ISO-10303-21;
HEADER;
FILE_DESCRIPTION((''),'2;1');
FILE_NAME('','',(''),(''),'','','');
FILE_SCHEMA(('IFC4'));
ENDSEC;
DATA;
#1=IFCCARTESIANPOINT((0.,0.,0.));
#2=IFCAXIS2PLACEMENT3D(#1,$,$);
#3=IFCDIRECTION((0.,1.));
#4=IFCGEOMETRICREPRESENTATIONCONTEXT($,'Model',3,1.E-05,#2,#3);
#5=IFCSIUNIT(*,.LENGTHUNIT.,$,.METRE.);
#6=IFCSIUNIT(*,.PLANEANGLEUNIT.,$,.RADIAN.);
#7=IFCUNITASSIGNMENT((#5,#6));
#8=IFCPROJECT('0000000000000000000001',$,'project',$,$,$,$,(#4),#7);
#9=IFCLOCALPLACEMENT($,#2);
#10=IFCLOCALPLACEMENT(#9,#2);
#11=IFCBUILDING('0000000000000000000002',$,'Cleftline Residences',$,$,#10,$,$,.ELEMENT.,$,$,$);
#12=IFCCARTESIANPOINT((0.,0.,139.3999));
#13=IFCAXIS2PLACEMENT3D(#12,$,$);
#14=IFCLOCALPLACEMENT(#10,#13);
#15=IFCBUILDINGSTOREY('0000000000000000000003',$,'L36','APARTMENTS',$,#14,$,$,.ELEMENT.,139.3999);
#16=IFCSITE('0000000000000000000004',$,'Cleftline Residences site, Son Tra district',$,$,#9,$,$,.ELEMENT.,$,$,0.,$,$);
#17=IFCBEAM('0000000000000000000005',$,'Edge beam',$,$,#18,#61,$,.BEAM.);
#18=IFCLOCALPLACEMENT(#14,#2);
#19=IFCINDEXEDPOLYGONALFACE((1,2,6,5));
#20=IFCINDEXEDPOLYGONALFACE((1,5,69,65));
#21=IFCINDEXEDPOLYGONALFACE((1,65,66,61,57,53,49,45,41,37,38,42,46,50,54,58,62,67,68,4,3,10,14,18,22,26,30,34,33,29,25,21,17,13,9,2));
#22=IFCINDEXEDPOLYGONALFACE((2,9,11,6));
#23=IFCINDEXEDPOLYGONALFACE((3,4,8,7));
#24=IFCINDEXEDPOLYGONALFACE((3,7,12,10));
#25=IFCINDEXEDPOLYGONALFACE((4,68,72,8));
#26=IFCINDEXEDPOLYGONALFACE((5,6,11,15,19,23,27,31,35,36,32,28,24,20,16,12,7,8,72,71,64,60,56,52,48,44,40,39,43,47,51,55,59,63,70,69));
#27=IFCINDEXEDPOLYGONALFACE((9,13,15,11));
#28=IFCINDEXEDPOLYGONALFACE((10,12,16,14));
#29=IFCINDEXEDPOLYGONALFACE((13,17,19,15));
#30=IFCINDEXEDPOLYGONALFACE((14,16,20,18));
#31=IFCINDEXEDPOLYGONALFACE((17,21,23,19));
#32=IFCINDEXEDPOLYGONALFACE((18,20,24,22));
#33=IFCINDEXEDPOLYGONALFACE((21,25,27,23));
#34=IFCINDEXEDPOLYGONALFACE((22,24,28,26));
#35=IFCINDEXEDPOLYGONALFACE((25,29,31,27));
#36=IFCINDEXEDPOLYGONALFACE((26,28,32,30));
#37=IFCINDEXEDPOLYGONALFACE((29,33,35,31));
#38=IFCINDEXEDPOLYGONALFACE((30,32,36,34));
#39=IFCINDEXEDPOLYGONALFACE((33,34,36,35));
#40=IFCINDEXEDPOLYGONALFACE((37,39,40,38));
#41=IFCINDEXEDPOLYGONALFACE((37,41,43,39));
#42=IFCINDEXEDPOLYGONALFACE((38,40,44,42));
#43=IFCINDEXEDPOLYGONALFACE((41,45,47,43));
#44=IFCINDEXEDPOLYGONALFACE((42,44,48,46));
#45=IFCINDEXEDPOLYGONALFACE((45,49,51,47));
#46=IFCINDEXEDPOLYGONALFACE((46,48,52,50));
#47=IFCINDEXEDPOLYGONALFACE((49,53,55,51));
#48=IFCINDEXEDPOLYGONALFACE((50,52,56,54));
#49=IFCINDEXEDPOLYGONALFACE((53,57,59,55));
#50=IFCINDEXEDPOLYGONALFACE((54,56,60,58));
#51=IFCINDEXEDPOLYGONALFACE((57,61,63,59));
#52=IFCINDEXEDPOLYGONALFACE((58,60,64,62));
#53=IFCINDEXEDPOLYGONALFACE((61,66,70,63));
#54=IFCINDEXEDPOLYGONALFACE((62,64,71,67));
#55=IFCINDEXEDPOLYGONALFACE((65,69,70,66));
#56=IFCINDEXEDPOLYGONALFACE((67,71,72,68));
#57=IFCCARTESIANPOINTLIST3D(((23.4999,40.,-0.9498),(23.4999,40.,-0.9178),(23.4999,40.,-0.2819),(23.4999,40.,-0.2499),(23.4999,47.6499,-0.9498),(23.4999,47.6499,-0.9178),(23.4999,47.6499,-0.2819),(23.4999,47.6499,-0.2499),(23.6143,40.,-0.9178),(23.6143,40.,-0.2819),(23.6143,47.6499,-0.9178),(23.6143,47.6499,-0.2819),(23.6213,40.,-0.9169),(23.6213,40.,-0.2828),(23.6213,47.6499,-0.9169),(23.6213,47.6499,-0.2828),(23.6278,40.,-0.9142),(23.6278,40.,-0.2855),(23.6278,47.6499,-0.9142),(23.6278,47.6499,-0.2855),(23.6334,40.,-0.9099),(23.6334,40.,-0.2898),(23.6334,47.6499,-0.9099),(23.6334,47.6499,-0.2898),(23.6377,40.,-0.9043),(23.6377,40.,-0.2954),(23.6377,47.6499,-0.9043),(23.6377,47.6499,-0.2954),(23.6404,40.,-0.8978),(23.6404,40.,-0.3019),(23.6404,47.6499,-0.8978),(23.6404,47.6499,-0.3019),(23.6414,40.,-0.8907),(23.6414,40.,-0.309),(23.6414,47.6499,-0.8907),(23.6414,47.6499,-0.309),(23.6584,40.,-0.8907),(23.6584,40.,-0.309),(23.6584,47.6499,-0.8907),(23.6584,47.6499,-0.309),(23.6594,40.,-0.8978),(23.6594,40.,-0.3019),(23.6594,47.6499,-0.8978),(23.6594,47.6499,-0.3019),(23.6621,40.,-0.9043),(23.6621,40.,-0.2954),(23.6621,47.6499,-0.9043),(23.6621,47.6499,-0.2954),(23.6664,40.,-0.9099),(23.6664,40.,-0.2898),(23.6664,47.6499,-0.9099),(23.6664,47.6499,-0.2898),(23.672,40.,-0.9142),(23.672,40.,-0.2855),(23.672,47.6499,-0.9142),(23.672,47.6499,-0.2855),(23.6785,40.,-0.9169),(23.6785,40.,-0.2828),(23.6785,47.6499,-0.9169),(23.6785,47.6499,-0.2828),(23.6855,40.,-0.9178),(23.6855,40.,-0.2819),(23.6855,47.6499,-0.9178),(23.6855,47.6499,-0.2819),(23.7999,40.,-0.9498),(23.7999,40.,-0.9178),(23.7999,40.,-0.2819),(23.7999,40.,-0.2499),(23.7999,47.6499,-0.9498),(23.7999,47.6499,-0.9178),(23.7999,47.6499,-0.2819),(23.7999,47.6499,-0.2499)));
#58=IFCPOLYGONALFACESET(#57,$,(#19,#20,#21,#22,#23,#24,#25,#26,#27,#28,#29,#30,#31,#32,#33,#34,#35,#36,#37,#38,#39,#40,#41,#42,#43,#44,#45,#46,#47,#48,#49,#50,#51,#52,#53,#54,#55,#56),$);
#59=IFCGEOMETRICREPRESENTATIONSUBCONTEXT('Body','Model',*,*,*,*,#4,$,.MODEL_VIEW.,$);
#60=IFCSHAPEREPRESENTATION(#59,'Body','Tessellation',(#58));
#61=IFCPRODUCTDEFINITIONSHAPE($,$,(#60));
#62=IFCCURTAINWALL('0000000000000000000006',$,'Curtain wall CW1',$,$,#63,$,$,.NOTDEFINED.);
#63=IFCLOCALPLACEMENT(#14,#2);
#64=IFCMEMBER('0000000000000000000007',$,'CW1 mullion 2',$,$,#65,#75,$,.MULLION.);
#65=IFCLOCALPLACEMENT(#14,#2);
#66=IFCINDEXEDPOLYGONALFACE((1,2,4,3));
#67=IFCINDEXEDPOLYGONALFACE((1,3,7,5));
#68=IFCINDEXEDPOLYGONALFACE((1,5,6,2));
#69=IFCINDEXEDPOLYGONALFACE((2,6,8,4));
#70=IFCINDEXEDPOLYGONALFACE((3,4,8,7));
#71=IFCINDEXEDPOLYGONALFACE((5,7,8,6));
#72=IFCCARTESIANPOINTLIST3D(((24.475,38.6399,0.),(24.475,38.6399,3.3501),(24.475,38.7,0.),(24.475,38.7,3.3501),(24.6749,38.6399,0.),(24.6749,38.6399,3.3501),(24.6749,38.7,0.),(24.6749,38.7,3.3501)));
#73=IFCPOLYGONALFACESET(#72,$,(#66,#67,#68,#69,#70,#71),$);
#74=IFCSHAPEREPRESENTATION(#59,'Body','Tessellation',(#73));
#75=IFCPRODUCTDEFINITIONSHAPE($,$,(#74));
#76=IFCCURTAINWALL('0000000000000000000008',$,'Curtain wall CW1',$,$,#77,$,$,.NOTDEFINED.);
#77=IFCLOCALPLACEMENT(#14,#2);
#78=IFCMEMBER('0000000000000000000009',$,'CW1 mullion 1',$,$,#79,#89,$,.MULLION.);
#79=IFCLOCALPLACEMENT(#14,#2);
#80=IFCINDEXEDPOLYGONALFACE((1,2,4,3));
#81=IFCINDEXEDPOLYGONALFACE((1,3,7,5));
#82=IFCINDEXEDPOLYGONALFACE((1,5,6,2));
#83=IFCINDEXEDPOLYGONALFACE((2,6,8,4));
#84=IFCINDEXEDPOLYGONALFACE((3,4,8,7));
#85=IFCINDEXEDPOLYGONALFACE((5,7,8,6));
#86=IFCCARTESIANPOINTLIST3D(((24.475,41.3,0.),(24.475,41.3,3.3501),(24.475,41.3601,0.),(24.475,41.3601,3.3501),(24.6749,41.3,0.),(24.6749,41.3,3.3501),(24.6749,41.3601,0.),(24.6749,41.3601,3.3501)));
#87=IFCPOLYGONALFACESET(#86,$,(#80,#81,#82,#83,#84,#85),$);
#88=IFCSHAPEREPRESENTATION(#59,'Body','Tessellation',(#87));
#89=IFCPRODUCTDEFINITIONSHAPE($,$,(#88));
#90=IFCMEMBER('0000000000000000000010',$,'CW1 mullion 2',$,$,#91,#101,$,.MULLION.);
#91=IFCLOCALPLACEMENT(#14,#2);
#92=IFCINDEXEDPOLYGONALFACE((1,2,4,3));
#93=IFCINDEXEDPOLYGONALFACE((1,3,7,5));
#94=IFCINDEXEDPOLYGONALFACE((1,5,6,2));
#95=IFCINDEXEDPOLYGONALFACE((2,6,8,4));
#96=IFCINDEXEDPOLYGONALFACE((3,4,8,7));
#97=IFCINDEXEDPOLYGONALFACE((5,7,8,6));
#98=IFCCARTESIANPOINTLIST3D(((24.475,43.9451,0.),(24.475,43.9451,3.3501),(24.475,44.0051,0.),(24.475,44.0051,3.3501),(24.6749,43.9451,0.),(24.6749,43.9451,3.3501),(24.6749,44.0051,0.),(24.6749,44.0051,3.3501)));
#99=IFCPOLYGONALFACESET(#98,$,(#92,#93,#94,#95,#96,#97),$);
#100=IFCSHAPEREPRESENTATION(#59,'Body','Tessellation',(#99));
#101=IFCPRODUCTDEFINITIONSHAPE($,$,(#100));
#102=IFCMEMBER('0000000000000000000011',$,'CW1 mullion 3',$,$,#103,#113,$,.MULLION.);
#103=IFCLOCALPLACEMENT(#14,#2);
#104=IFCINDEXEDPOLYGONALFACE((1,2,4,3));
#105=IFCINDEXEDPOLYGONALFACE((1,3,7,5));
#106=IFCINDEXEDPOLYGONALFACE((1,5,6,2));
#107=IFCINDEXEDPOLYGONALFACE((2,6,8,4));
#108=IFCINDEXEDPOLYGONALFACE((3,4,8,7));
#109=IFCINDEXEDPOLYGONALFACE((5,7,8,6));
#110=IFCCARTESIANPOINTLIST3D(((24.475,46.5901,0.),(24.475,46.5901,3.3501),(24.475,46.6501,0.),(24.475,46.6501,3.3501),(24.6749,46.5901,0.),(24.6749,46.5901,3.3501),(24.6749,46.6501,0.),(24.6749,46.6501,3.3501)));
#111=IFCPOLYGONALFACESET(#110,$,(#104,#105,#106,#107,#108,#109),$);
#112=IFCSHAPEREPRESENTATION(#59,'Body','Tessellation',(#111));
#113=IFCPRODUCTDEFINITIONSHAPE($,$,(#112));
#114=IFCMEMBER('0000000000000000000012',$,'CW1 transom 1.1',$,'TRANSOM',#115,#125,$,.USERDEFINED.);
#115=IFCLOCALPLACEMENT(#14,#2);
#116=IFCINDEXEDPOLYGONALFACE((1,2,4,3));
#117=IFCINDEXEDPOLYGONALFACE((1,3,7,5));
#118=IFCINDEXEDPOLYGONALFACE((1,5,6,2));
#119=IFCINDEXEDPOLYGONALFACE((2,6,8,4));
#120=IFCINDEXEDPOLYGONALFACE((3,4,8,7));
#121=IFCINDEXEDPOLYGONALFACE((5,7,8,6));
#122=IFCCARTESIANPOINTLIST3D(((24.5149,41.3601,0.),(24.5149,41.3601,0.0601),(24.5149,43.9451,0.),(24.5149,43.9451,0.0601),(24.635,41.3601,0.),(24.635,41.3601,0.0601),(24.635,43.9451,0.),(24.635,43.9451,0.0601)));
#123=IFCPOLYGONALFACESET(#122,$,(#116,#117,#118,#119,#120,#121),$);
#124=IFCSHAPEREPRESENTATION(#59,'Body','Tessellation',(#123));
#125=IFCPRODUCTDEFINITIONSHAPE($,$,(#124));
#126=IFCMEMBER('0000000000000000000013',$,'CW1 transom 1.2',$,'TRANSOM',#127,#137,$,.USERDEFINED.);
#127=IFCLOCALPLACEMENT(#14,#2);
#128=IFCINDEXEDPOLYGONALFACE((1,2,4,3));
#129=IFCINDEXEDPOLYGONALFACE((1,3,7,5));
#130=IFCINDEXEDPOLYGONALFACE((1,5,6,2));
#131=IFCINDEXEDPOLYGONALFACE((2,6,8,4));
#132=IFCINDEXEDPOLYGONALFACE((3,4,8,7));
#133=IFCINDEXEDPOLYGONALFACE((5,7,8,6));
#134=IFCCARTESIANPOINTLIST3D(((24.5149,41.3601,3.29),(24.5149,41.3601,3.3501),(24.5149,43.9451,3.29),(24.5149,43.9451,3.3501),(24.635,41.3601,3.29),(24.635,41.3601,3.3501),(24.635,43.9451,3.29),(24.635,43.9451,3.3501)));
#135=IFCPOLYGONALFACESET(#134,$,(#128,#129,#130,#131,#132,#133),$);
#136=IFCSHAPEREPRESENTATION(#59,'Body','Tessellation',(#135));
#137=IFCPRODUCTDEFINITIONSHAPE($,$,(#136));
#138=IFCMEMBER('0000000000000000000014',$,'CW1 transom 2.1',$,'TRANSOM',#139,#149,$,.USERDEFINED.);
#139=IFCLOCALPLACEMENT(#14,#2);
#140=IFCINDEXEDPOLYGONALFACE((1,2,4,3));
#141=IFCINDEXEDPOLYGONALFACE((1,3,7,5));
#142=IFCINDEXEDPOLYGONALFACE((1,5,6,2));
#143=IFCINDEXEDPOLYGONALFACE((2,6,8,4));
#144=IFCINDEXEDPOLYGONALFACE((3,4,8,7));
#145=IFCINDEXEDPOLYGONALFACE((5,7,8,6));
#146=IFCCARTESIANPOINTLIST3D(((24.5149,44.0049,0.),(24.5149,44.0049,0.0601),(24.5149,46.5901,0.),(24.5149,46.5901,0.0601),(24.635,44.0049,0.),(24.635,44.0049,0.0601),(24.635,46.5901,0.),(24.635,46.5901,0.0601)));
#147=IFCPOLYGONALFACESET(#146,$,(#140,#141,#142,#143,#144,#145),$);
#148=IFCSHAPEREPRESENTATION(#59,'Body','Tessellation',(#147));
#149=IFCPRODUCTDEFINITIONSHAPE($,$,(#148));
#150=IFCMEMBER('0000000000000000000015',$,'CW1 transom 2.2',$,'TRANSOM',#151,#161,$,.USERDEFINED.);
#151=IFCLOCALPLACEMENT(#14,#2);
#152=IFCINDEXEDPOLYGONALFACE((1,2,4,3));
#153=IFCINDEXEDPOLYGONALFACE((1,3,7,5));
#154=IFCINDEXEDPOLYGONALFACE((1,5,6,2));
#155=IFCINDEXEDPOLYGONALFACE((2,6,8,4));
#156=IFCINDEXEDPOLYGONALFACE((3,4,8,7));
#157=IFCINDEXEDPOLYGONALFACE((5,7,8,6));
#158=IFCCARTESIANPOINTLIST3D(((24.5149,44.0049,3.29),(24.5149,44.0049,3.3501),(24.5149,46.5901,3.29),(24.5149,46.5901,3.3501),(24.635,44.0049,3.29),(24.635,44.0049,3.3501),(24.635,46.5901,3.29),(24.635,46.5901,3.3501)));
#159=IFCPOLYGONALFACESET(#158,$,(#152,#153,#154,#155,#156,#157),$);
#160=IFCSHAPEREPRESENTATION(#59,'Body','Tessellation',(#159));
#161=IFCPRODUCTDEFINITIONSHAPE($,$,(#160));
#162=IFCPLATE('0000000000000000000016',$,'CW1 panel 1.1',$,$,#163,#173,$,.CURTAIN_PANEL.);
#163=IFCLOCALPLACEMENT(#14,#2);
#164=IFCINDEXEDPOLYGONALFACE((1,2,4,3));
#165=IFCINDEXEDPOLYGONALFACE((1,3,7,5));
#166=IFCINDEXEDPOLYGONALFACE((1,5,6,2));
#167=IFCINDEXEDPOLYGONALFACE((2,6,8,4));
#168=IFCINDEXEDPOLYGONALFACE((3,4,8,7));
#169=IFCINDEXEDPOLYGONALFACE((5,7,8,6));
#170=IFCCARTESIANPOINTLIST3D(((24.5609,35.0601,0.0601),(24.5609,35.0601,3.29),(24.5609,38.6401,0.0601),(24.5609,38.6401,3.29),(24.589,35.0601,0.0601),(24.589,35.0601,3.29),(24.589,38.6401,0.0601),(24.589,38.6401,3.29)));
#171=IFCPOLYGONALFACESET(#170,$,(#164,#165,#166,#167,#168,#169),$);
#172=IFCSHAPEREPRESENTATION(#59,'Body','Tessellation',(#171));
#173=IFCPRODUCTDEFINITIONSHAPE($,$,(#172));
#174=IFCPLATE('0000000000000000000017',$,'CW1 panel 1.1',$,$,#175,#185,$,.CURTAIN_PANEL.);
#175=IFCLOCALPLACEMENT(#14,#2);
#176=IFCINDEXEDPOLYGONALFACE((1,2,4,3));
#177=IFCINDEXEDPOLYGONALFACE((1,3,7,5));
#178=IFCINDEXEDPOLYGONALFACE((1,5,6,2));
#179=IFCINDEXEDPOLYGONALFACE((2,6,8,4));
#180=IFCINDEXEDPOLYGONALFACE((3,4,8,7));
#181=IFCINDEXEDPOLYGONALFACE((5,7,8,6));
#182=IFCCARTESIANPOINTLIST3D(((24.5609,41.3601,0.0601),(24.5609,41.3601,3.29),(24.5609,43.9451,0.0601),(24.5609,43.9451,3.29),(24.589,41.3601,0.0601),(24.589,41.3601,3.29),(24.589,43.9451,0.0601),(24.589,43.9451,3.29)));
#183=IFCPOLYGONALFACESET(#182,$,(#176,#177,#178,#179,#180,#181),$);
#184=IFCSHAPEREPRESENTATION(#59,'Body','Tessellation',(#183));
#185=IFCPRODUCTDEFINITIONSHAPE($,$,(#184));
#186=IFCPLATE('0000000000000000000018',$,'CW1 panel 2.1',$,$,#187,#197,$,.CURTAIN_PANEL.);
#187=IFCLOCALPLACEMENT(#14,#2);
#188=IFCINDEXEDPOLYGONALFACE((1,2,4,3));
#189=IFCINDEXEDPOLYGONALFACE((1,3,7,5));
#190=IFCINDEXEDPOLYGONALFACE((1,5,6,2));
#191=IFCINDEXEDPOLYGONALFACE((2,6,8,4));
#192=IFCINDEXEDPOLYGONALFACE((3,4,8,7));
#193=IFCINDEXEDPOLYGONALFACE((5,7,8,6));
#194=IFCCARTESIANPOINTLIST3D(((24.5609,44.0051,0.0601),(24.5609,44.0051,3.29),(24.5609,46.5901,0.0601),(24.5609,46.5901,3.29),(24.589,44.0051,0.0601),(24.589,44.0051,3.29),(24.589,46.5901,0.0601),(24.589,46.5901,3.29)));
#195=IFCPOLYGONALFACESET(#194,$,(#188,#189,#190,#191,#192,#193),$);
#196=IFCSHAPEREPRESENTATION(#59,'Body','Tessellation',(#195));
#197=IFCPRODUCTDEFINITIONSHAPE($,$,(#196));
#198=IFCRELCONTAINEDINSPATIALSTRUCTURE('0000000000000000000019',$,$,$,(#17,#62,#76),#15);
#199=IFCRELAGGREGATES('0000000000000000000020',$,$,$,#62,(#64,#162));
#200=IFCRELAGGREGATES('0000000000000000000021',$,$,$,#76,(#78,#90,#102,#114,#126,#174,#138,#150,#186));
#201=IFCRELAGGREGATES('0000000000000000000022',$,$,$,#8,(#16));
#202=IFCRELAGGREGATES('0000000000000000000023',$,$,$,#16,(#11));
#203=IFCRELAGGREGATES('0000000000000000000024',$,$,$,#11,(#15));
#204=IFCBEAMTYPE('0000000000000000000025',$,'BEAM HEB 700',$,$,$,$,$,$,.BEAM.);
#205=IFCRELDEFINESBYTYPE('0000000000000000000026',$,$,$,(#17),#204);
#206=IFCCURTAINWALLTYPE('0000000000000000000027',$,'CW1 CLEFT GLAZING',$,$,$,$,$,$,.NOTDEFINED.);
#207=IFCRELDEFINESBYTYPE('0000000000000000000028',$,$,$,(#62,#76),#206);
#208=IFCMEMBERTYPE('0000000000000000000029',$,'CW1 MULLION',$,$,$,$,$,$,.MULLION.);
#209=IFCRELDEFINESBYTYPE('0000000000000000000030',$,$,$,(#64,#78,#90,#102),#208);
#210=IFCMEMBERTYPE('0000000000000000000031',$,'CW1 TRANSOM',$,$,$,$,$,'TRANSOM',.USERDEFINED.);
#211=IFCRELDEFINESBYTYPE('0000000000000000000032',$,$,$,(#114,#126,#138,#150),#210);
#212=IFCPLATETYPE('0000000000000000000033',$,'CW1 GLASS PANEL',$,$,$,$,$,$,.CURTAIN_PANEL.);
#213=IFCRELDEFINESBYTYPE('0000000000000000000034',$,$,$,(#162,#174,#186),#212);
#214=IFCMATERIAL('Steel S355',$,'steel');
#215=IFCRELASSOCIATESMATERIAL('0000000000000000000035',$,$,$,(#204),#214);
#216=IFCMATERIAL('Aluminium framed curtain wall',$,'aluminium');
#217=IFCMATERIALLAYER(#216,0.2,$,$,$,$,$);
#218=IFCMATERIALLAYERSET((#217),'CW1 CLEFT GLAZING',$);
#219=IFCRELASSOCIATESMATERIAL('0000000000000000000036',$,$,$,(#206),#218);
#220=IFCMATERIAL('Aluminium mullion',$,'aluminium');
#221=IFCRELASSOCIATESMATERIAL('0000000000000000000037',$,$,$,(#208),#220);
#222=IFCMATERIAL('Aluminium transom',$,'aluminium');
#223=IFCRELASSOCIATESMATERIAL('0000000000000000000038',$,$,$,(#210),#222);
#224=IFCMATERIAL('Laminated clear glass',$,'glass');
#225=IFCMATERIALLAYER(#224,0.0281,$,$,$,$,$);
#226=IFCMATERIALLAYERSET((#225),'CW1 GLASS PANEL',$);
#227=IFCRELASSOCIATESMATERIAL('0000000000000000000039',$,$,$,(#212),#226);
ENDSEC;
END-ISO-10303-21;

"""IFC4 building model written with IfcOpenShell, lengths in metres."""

from ifc_helpers import new_model, si_unit, direction, frame, origin, origin_2d, place, context, subcontext, project, spatial, rectangle, i_section, extrude, material, layer, layer_set, material_profile, profile_set, type_object, element, aggregate, save


model = new_model("IFC4")

# Units and contexts
model_context = context("Model", 3, precision=1e-05, world=origin(), true_north=direction((0.0, 1.0)))
body_context = subcontext(model_context, "Body", "Model", "MODEL_VIEW")
ifc_project = project(units=[si_unit("LENGTHUNIT", "METRE"), si_unit("PLANEANGLEUNIT", "RADIAN")], contexts=[model_context])

# Site, building, storey
site_placement = place(None, origin())
site = spatial("IfcSite", under=ifc_project, at=site_placement, Name="Cleftline Residences site, Son Tra district", CompositionType="ELEMENT", RefElevation=0.0)
building_placement = place(site_placement, origin())
building = spatial("IfcBuilding", under=site, at=building_placement, Name="Cleftline Residences", CompositionType="ELEMENT")
storey_placement = place(building_placement, frame((0.0, 0.0, 139.3999)))
storey = spatial("IfcBuildingStorey", under=building, at=storey_placement, Name="L36", Description="APARTMENTS", CompositionType="ELEMENT", Elevation=139.3999)

# Beam
ifc_material_1 = material(Name="Steel S355", Category="steel")
ifc_material_profile_1 = material_profile(ifc_material_1, i_section(OverallWidth=0.3, OverallDepth=0.7, WebThickness=0.0171, FlangeThickness=0.032, FilletRadius=0.0271, at=origin_2d()))
ifc_profile_set_1 = profile_set([ifc_material_profile_1], Name="Steel S355")
beam_type = type_object("IfcBeamType", Name="BEAM HEB 700", PredefinedType="BEAM", material=ifc_profile_set_1)
beam_placement = place(storey_placement, frame((23.6499, 47.6499, -0.5999), z_axis=(0.0, -1.0, 0.0), x_axis=(1.0, 0.0, 0.0)))
element("IfcBeam", 1, at=beam_placement, inside=storey, type_object=beam_type, Name="Edge beam", PredefinedType="BEAM", context=body_context, shape_type="SweptSolid", body=[
    extrude(i_section(OverallWidth=0.3, OverallDepth=0.7, WebThickness=0.0171, FlangeThickness=0.032, FilletRadius=0.0271, at=origin_2d()), origin(), (0.0, 0.0, 1.0), 7.6499),
])

# Curtain wall, member
ifc_material_2 = material(Name="Aluminium framed curtain wall", Category="aluminium")
ifc_layer_1 = layer(ifc_material_2, 0.2)
ifc_layer_set_1 = layer_set([ifc_layer_1], Name="CW1 CLEFT GLAZING")
curtain_wall_type = type_object("IfcCurtainWallType", Name="CW1 CLEFT GLAZING", PredefinedType="NOTDEFINED", material=ifc_layer_set_1)
curtain_wall_1_placement = place(storey_placement, origin())
curtain_wall_1 = element("IfcCurtainWall", 2, at=curtain_wall_1_placement, inside=storey, type_object=curtain_wall_type, Name="Curtain wall CW1", PredefinedType="NOTDEFINED")
ifc_material_3 = material(Name="Aluminium mullion", Category="aluminium")
ifc_material_profile_2 = material_profile(ifc_material_3, rectangle(XDim=0.2, YDim=0.0601, at=origin_2d()))
ifc_profile_set_2 = profile_set([ifc_material_profile_2], Name="Aluminium mullion")
member_type_1 = type_object("IfcMemberType", Name="CW1 MULLION", PredefinedType="MULLION", material=ifc_profile_set_2)
member_1_placement = place(storey_placement, frame((24.575, 38.6699, 0.0), z_axis=(0.0, 0.0, 1.0), x_axis=(-1.0, 0.0, 0.0)))
member_1 = element("IfcMember", 3, at=member_1_placement, type_object=member_type_1, Name="CW1 mullion 2", PredefinedType="MULLION", context=body_context, shape_type="SweptSolid", body=[
    extrude(rectangle(XDim=0.2, YDim=0.0601, at=origin_2d()), origin(), (0.0, 0.0, 1.0), 3.3501),
])

# Curtain wall, members
curtain_wall_2_placement = place(storey_placement, origin())
curtain_wall_2 = element("IfcCurtainWall", 4, at=curtain_wall_2_placement, inside=storey, type_object=curtain_wall_type, Name="Curtain wall CW1", PredefinedType="NOTDEFINED")
member_2_placement = place(storey_placement, frame((24.575, 41.3301, 0.0), z_axis=(0.0, 0.0, 1.0), x_axis=(-1.0, 0.0, 0.0)))
member_2 = element("IfcMember", 5, at=member_2_placement, type_object=member_type_1, Name="CW1 mullion 1", PredefinedType="MULLION", context=body_context, shape_type="SweptSolid", body=[
    extrude(rectangle(XDim=0.2, YDim=0.0601, at=origin_2d()), origin(), (0.0, 0.0, 1.0), 3.3501),
])
member_3_placement = place(storey_placement, frame((24.575, 43.9751, 0.0), z_axis=(0.0, 0.0, 1.0), x_axis=(-1.0, 0.0, 0.0)))
member_3 = element("IfcMember", 6, at=member_3_placement, type_object=member_type_1, Name="CW1 mullion 2", PredefinedType="MULLION", context=body_context, shape_type="SweptSolid", body=[
    extrude(rectangle(XDim=0.2, YDim=0.0601, at=origin_2d()), origin(), (0.0, 0.0, 1.0), 3.3501),
])
member_4_placement = place(storey_placement, frame((24.575, 46.6201, 0.0), z_axis=(0.0, 0.0, 1.0), x_axis=(-1.0, 0.0, 0.0)))
member_4 = element("IfcMember", 7, at=member_4_placement, type_object=member_type_1, Name="CW1 mullion 3", PredefinedType="MULLION", context=body_context, shape_type="SweptSolid", body=[
    extrude(rectangle(XDim=0.2, YDim=0.0601, at=origin_2d()), origin(), (0.0, 0.0, 1.0), 3.3501),
])
ifc_material_4 = material(Name="Aluminium transom", Category="aluminium")
ifc_material_profile_3 = material_profile(ifc_material_4, rectangle(XDim=0.1201, YDim=0.0601, at=origin_2d()))
ifc_profile_set_3 = profile_set([ifc_material_profile_3], Name="Aluminium transom")
member_type_2 = type_object("IfcMemberType", Name="CW1 TRANSOM", ElementType="TRANSOM", PredefinedType="USERDEFINED", material=ifc_profile_set_3)
member_5_placement = place(storey_placement, frame((24.575, 41.3601, 0.03), z_axis=(0.0, 1.0, 0.0), x_axis=(-1.0, 0.0, 0.0)))
member_5 = element("IfcMember", 8, at=member_5_placement, type_object=member_type_2, Name="CW1 transom 1.1", ObjectType="TRANSOM", PredefinedType="USERDEFINED", context=body_context, shape_type="SweptSolid", body=[
    extrude(rectangle(XDim=0.1201, YDim=0.0601, at=origin_2d()), origin(), (0.0, 0.0, 1.0), 2.585),
])
member_6_placement = place(storey_placement, frame((24.575, 41.3601, 3.3201), z_axis=(0.0, 1.0, 0.0), x_axis=(-1.0, 0.0, 0.0)))
member_6 = element("IfcMember", 9, at=member_6_placement, type_object=member_type_2, Name="CW1 transom 1.2", ObjectType="TRANSOM", PredefinedType="USERDEFINED", context=body_context, shape_type="SweptSolid", body=[
    extrude(rectangle(XDim=0.1201, YDim=0.0601, at=origin_2d()), origin(), (0.0, 0.0, 1.0), 2.585),
])
member_7_placement = place(storey_placement, frame((24.575, 44.0049, 0.03), z_axis=(0.0, 1.0, 0.0), x_axis=(-1.0, 0.0, 0.0)))
member_7 = element("IfcMember", 10, at=member_7_placement, type_object=member_type_2, Name="CW1 transom 2.1", ObjectType="TRANSOM", PredefinedType="USERDEFINED", context=body_context, shape_type="SweptSolid", body=[
    extrude(rectangle(XDim=0.1201, YDim=0.0601, at=origin_2d()), origin(), (0.0, 0.0, 1.0), 2.5852),
])
member_8_placement = place(storey_placement, frame((24.575, 44.0049, 3.3201), z_axis=(0.0, 1.0, 0.0), x_axis=(-1.0, 0.0, 0.0)))
member_8 = element("IfcMember", 11, at=member_8_placement, type_object=member_type_2, Name="CW1 transom 2.2", ObjectType="TRANSOM", PredefinedType="USERDEFINED", context=body_context, shape_type="SweptSolid", body=[
    extrude(rectangle(XDim=0.1201, YDim=0.0601, at=origin_2d()), origin(), (0.0, 0.0, 1.0), 2.5852),
])

# Plates
ifc_material_5 = material(Name="Laminated clear glass", Category="glass")
ifc_layer_2 = layer(ifc_material_5, 0.0281)
ifc_layer_set_2 = layer_set([ifc_layer_2], Name="CW1 GLASS PANEL")
plate_type = type_object("IfcPlateType", Name="CW1 GLASS PANEL", PredefinedType="CURTAIN_PANEL", material=ifc_layer_set_2)
plate_1_placement = place(storey_placement, frame((24.575, 36.8501, 0.0601), z_axis=(0.0, 0.0, 1.0), x_axis=(0.0, 1.0, 0.0)))
plate_1 = element("IfcPlate", 12, at=plate_1_placement, type_object=plate_type, Name="CW1 panel 1.1", PredefinedType="CURTAIN_PANEL", context=body_context, shape_type="SweptSolid", body=[
    extrude(rectangle(XDim=3.5801, YDim=0.0281, at=origin_2d()), origin(), (0.0, 0.0, 1.0), 3.23),
])
aggregate(curtain_wall_1, [member_1, plate_1])
plate_2_placement = place(storey_placement, frame((24.575, 42.6526, 0.0601), z_axis=(0.0, 0.0, 1.0), x_axis=(0.0, 1.0, 0.0)))
plate_2 = element("IfcPlate", 13, at=plate_2_placement, type_object=plate_type, Name="CW1 panel 1.1", PredefinedType="CURTAIN_PANEL", context=body_context, shape_type="SweptSolid", body=[
    extrude(rectangle(XDim=2.585, YDim=0.0281, at=origin_2d()), origin(), (0.0, 0.0, 1.0), 3.23),
])
plate_3_placement = place(storey_placement, frame((24.575, 45.2976, 0.0601), z_axis=(0.0, 0.0, 1.0), x_axis=(0.0, 1.0, 0.0)))
plate_3 = element("IfcPlate", 14, at=plate_3_placement, type_object=plate_type, Name="CW1 panel 2.1", PredefinedType="CURTAIN_PANEL", context=body_context, shape_type="SweptSolid", body=[
    extrude(rectangle(XDim=2.585, YDim=0.0281, at=origin_2d()), origin(), (0.0, 0.0, 1.0), 3.23),
])
aggregate(curtain_wall_2, [member_2, member_3, member_4, member_5, member_6, plate_2, member_7, member_8, plate_3])

save(model, "model.ifc")
